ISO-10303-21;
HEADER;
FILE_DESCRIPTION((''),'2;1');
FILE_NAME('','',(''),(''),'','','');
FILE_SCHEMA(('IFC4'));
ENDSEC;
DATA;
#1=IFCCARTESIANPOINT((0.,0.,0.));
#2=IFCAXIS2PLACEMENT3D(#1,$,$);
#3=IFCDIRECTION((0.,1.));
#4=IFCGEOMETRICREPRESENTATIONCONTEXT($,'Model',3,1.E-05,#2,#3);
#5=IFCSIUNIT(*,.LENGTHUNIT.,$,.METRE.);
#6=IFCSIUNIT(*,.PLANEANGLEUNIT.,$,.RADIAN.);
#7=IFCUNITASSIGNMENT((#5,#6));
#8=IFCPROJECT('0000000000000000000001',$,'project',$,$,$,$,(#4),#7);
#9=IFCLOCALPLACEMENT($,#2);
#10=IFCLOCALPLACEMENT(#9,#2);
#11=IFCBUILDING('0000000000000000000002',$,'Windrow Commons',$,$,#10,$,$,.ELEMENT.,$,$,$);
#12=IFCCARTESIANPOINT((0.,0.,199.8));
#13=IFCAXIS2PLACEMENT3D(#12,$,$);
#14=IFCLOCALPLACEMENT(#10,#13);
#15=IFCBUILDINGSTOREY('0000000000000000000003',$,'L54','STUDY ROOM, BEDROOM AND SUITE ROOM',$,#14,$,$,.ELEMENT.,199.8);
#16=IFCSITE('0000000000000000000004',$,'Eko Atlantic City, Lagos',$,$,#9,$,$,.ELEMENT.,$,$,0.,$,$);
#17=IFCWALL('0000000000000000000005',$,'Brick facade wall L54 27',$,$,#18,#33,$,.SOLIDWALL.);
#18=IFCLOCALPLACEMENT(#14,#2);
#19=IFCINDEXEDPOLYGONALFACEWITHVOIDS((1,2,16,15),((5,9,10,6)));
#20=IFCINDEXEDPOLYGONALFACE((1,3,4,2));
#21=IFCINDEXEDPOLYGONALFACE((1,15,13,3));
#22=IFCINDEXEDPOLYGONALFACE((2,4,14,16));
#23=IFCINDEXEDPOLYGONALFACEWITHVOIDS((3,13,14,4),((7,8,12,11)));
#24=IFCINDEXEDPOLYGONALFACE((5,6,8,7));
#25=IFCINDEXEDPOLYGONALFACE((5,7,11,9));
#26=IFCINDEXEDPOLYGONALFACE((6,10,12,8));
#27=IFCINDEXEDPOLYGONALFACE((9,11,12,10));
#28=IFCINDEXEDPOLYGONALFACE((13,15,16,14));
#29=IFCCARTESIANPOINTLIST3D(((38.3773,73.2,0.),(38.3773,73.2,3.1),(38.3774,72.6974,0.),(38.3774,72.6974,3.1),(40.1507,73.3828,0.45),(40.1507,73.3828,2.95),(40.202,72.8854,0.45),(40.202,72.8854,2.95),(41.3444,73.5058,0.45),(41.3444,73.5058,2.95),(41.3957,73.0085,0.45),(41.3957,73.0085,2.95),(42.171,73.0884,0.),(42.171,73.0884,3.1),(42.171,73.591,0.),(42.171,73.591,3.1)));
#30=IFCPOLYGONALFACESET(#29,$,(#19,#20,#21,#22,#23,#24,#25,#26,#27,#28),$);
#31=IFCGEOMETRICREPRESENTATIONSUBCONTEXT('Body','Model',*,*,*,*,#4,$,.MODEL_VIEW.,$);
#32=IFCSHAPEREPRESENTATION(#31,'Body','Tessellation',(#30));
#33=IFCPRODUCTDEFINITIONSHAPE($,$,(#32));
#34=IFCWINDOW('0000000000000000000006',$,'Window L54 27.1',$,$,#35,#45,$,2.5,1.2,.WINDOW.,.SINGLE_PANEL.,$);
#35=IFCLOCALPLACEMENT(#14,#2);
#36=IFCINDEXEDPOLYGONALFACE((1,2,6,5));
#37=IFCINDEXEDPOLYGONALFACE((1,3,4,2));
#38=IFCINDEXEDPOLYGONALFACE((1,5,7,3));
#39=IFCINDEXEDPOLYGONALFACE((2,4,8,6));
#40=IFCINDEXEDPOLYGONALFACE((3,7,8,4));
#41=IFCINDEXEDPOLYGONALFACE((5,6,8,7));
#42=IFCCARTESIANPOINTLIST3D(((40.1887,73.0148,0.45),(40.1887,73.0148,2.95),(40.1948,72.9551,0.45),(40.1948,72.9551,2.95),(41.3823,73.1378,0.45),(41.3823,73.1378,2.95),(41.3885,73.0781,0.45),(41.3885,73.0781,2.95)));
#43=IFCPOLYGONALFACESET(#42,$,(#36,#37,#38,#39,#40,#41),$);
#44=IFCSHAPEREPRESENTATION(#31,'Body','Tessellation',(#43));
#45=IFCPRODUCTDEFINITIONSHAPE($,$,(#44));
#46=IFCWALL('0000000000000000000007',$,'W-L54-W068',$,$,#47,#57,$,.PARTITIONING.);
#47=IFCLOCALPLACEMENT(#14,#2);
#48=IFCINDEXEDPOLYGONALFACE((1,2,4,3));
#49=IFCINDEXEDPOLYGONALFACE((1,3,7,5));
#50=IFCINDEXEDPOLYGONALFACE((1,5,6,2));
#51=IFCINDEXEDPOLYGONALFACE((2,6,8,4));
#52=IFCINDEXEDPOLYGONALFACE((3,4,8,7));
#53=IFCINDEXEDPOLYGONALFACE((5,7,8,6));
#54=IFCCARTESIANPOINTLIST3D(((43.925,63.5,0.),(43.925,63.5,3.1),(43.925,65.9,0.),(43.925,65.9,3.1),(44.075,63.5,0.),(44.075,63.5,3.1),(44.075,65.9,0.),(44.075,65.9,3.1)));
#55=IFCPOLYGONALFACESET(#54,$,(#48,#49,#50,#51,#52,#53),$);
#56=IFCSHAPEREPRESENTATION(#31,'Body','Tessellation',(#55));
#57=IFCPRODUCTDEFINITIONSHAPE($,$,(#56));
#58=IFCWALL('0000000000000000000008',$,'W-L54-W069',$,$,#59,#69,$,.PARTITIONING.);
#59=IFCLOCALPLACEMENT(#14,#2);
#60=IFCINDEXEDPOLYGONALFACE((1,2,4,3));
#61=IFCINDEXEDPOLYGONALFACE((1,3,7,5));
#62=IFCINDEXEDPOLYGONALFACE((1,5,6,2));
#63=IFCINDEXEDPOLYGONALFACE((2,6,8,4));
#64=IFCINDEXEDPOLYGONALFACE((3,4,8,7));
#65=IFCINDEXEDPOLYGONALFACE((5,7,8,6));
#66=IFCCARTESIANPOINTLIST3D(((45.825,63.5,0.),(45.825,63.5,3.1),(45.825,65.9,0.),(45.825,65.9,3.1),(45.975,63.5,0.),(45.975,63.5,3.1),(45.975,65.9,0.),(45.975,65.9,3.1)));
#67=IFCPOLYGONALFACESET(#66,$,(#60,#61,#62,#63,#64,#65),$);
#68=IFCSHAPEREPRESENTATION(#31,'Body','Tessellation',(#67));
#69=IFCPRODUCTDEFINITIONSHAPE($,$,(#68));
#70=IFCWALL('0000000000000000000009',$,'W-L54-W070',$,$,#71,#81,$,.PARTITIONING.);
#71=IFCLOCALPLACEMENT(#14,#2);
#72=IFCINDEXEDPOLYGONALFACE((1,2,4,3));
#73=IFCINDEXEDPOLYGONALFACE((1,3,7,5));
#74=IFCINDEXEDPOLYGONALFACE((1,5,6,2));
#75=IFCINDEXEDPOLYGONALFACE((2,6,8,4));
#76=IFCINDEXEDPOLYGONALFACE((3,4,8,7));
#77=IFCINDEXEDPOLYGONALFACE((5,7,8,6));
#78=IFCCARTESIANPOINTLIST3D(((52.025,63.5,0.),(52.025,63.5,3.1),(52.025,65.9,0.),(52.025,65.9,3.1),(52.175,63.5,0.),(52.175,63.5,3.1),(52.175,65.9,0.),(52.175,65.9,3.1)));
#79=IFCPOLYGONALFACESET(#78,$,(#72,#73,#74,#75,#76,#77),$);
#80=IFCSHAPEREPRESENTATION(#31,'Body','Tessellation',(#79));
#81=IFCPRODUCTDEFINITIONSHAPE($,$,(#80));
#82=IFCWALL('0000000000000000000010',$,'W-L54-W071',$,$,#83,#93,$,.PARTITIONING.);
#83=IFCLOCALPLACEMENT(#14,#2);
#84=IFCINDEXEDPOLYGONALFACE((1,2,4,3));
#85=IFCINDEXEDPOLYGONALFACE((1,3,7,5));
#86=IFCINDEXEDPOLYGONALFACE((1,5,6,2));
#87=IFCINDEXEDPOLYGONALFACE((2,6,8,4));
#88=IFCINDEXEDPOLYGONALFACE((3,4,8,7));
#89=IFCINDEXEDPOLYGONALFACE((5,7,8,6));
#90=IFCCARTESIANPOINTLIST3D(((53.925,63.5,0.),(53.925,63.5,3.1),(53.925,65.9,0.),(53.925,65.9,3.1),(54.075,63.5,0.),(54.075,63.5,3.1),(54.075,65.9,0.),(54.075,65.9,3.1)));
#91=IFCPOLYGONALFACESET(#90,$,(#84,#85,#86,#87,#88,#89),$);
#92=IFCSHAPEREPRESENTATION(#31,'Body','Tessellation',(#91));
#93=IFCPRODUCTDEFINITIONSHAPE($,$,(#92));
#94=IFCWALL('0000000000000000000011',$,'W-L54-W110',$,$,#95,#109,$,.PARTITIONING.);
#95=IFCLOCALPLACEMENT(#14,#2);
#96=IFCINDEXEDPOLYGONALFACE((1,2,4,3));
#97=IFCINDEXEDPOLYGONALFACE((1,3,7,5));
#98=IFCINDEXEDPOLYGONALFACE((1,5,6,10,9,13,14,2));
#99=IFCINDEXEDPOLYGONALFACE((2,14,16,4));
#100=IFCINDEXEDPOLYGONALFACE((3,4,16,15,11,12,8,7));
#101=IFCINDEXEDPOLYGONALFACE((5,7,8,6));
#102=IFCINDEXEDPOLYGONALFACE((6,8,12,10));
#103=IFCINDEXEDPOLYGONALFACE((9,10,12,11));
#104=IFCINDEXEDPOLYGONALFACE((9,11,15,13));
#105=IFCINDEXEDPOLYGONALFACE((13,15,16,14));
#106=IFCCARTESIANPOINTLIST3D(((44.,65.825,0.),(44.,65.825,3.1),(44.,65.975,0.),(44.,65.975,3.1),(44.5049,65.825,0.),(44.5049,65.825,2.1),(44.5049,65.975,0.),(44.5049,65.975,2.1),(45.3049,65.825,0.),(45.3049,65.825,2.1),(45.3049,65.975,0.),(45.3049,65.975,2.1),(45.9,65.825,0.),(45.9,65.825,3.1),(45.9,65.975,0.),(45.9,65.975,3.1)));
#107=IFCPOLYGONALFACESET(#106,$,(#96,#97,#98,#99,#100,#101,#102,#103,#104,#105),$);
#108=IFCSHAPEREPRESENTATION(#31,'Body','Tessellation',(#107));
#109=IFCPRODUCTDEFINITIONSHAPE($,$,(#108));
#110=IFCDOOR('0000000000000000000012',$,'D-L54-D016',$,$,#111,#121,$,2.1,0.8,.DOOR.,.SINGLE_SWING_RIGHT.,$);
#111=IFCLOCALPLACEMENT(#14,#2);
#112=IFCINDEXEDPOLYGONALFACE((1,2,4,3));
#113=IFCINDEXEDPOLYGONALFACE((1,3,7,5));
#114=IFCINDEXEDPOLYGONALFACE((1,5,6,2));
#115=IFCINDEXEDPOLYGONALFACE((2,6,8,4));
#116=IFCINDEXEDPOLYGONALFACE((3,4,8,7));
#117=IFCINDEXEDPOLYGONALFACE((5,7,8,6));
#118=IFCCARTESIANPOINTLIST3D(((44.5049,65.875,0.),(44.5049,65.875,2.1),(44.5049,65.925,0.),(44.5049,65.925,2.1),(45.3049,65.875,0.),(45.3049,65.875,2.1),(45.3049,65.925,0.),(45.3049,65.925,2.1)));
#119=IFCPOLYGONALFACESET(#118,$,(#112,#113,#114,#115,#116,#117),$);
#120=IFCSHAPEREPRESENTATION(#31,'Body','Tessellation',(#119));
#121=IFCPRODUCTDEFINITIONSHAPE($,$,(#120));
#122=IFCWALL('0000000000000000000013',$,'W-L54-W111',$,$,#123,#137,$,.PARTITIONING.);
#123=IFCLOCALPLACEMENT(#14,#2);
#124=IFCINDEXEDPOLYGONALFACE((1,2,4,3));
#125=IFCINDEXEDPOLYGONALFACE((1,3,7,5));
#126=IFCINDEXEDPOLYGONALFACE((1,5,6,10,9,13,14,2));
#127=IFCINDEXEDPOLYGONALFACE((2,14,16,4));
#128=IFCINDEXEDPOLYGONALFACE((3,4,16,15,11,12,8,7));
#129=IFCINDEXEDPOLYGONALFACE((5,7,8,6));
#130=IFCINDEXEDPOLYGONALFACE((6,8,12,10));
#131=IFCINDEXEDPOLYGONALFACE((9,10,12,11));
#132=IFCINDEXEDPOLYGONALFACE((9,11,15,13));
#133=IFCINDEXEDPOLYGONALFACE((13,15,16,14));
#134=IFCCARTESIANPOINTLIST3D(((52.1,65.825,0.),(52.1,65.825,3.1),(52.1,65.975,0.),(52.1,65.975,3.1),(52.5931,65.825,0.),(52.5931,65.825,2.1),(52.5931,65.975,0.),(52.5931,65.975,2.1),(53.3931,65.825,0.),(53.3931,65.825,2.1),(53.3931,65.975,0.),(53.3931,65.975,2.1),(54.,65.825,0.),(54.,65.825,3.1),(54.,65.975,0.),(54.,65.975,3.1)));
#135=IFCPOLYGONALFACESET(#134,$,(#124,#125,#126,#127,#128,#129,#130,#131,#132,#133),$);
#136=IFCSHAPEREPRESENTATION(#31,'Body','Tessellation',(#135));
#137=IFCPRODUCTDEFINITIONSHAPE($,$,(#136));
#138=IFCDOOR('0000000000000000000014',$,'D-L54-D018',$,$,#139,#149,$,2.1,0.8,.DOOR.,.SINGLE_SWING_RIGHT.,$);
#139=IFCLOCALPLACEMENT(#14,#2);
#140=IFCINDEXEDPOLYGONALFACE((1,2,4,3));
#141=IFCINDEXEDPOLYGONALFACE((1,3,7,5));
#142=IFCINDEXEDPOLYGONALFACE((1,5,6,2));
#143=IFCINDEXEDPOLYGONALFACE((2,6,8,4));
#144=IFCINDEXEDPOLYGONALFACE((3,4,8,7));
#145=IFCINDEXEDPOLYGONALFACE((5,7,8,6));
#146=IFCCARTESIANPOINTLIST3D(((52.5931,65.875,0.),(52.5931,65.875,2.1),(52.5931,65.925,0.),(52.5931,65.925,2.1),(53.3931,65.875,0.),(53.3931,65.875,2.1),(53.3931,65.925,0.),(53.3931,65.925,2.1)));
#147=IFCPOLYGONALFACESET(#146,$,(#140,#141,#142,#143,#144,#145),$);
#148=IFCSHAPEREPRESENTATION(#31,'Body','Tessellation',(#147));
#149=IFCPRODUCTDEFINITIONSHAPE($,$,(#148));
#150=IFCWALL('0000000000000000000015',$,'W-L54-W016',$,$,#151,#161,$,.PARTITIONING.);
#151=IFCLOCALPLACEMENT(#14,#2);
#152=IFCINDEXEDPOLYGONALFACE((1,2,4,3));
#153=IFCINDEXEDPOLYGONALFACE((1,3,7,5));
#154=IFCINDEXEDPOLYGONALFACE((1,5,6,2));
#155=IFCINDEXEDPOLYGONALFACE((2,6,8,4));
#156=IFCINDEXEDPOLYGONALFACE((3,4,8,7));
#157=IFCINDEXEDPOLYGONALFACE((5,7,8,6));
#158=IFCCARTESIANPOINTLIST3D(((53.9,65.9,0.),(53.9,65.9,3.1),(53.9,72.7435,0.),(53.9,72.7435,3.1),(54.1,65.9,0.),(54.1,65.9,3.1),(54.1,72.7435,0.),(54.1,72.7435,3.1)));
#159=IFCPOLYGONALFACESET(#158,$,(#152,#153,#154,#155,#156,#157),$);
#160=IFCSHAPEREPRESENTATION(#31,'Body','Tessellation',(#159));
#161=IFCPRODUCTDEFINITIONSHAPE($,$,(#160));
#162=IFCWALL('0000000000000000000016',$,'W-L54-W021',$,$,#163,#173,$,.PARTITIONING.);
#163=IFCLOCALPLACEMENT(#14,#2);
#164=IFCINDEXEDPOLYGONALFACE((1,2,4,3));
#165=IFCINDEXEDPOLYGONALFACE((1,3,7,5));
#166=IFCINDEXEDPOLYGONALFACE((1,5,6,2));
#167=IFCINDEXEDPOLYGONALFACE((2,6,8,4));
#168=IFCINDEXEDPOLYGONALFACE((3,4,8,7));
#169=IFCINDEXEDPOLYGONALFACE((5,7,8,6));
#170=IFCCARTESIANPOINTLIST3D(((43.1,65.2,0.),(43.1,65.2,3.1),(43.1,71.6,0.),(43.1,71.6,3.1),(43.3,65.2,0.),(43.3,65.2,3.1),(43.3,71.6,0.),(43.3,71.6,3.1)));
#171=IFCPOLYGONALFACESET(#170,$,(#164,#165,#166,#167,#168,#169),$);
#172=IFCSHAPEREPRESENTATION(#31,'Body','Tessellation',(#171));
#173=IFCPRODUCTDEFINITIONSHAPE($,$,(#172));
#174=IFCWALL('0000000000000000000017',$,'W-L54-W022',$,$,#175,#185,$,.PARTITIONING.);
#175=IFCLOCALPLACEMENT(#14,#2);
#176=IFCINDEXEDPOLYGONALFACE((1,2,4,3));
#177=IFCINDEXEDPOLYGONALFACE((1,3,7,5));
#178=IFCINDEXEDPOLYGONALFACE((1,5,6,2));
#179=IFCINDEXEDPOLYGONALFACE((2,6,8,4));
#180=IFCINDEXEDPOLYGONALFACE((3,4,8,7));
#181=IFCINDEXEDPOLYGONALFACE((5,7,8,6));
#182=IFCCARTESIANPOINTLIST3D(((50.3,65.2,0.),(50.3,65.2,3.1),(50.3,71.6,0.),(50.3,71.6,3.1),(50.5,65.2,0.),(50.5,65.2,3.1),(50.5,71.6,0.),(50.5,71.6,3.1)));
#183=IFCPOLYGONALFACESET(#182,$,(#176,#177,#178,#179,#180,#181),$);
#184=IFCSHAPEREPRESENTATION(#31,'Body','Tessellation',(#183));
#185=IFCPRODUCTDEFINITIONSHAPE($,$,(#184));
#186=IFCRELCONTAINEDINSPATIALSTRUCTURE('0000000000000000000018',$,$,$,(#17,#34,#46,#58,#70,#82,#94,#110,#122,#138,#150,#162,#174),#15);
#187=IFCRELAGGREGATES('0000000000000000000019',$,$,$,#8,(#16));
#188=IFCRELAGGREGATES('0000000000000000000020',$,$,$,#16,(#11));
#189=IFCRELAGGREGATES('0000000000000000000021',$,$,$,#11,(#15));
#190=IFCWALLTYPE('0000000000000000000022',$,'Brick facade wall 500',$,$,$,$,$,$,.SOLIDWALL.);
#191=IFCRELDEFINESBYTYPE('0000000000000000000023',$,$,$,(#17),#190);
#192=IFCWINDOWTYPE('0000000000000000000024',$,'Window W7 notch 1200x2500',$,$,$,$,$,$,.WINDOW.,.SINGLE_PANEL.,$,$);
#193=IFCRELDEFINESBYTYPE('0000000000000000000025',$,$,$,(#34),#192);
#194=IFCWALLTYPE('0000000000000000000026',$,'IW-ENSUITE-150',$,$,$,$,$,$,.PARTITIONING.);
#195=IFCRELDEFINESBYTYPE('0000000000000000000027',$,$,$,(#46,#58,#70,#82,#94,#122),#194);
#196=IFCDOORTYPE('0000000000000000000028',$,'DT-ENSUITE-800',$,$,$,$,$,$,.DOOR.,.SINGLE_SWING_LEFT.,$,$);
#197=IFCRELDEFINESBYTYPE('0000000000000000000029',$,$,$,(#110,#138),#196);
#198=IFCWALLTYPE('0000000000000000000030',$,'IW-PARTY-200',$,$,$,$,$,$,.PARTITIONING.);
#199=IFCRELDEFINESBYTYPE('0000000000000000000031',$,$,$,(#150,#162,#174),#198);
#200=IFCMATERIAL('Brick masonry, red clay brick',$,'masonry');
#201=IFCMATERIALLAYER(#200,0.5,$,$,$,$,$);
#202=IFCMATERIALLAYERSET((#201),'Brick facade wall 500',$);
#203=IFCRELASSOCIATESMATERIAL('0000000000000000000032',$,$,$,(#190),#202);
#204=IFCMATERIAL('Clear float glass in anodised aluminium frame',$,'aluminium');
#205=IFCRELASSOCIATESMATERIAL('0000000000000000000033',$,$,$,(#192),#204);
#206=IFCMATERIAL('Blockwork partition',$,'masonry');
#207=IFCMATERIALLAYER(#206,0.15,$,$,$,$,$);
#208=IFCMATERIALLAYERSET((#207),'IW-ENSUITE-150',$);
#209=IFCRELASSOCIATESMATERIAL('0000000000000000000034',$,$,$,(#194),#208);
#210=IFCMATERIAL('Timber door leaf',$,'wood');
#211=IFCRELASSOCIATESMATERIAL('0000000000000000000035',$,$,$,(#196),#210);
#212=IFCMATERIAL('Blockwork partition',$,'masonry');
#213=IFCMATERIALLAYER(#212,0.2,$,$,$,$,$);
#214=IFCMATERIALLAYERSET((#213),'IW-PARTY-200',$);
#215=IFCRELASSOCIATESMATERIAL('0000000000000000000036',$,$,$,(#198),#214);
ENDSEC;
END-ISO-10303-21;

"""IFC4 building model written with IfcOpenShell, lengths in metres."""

from ifc_helpers import new_model, si_unit, direction, frame, frame_2d, origin, place, context, subcontext, project, spatial, polyline, rectangle, outline, extrude, material, layer, layer_set, type_object, element, fill, save


model = new_model("IFC4")

# Units and contexts
model_context = context("Model", 3, precision=1e-05, world=origin(), true_north=direction((0.0, 1.0)))
body_context = subcontext(model_context, "Body", "Model", "MODEL_VIEW")
ifc_project = project(units=[si_unit("LENGTHUNIT", "METRE"), si_unit("PLANEANGLEUNIT", "RADIAN")], contexts=[model_context])

# Site, building, storey
site_placement = place(None, origin())
site = spatial("IfcSite", under=ifc_project, at=site_placement, Name="Eko Atlantic City, Lagos", CompositionType="ELEMENT", RefElevation=0.0)
building_placement = place(site_placement, origin())
building = spatial("IfcBuilding", under=site, at=building_placement, Name="Windrow Commons", CompositionType="ELEMENT")
storey_placement = place(building_placement, frame((0.0, 0.0, 199.8)))
storey = spatial("IfcBuildingStorey", under=building, at=storey_placement, Name="L54", Description="STUDY ROOM, BEDROOM AND SUITE ROOM", CompositionType="ELEMENT", Elevation=199.8)

# Wall, opening, window
ifc_material_1 = material(Name="Brick masonry, red clay brick", Category="masonry")
ifc_layer_1 = layer(ifc_material_1, 0.5)
ifc_layer_set_1 = layer_set([ifc_layer_1], Name="Brick facade wall 500")
wall_type_1 = type_object("IfcWallType", Name="Brick facade wall 500", PredefinedType="SOLIDWALL", material=ifc_layer_set_1)
ifc_material_2 = material(Name="Clear float glass in anodised aluminium frame", Category="aluminium")
window_type = type_object("IfcWindowType", Name="Window W7 notch 1200x2500", PartitioningType="SINGLE_PANEL", PredefinedType="WINDOW", material=ifc_material_2)
wall_1_placement = place(storey_placement, frame((42.171, 73.3397, 0.0), z_axis=(0.0, 0.0, 1.0), x_axis=(-0.994731, -0.102523, 0.0)))
wall_1 = element("IfcWall", 1, at=wall_1_placement, inside=storey, type_object=wall_type_1, Name="Brick facade wall L54 27", PredefinedType="SOLIDWALL", context=body_context, shape_type="SweptSolid", body=[
    extrude(outline(polyline([(-0.0258, -0.25), (3.788, -0.25), (3.8395, 0.25), (0.0258, 0.25), (-0.0258, -0.25)])), origin(), (0.0, 0.0, 1.0), 3.1),
])
opening_1_placement = place(wall_1_placement, frame((0.8052, 0.0, 0.45)))
opening_1 = element("IfcOpeningElement", 2, at=opening_1_placement, cuts=wall_1, PredefinedType="OPENING", context=body_context, shape_type="SweptSolid", body=[
    extrude(rectangle(XDim=1.2, YDim=2.5, at=frame_2d((0.6, 1.25))), frame((0.0, 0.26, 0.0), z_axis=(0.0, -1.0, 0.0), x_axis=(1.0, 0.0, 0.0)), (0.0, 0.0, 1.0), 0.52),
])
window_1_placement = place(opening_1_placement, origin())
window_1 = element("IfcWindow", 3, at=window_1_placement, inside=storey, type_object=window_type, Name="Window L54 27.1", OverallHeight=2.5, OverallWidth=1.2, PartitioningType="SINGLE_PANEL", PredefinedType="WINDOW", context=body_context, shape_type="SweptSolid", body=[
    extrude(rectangle(XDim=1.2, YDim=2.5, at=frame_2d((0.6, 1.25))), frame((0.0, 0.18, 0.0), z_axis=(0.0, -1.0, 0.0), x_axis=(1.0, 0.0, 0.0)), (0.0, 0.0, 1.0), 0.06),
])
fill(opening_1, window_1)

# Walls
ifc_material_3 = material(Name="Blockwork partition", Category="masonry")
ifc_layer_2 = layer(ifc_material_3, 0.15)
ifc_layer_set_2 = layer_set([ifc_layer_2], Name="IW-ENSUITE-150")
wall_type_2 = type_object("IfcWallType", Name="IW-ENSUITE-150", PredefinedType="PARTITIONING", material=ifc_layer_set_2)
for number, where, z_axis, x_axis, name in (
    (4, (44.0, 63.5, 0.0), (0.0, 0.0, 1.0), (0.0, 1.0, 0.0), "W-L54-W068"),
    (5, (45.9, 63.5, 0.0), (0.0, 0.0, 1.0), (0.0, 1.0, 0.0), "W-L54-W069"),
    (6, (52.1, 63.5, 0.0), (0.0, 0.0, 1.0), (0.0, 1.0, 0.0), "W-L54-W070"),
    (7, (54.0, 63.5, 0.0), (0.0, 0.0, 1.0), (0.0, 1.0, 0.0), "W-L54-W071"),
):
    element("IfcWall", number, at=place(storey_placement, frame(where, z_axis=z_axis, x_axis=x_axis)), inside=storey, type_object=wall_type_2, Name=name, PredefinedType="PARTITIONING", context=body_context, shape_type="SweptSolid", body=[
        extrude(rectangle(XDim=2.4, YDim=0.15, at=frame_2d((1.2, 0.0))), origin(), (0.0, 0.0, 1.0), 3.1),
    ])

# Walls, openings, doors
wall_2_placement = place(storey_placement, frame((44.0, 65.9, 0.0), z_axis=(0.0, 0.0, 1.0), x_axis=(1.0, 0.0, 0.0)))
wall_2 = element("IfcWall", 8, at=wall_2_placement, inside=storey, type_object=wall_type_2, Name="W-L54-W110", PredefinedType="PARTITIONING", context=body_context, shape_type="SweptSolid", body=[
    extrude(rectangle(XDim=1.9, YDim=0.15, at=frame_2d((0.95, 0.0))), origin(), (0.0, 0.0, 1.0), 3.1),
])
opening_2_placement = place(wall_2_placement, frame((0.5049, 0.0, 0.0)))
opening_2 = element("IfcOpeningElement", 9, at=opening_2_placement, cuts=wall_2, PredefinedType="OPENING", context=body_context, shape_type="SweptSolid", body=[
    extrude(rectangle(XDim=0.8, YDim=2.1, at=frame_2d((0.4, 1.05))), frame((0.0, 0.085, 0.0), z_axis=(0.0, -1.0, 0.0), x_axis=(1.0, 0.0, 0.0)), (0.0, 0.0, 1.0), 0.17),
])
ifc_material_4 = material(Name="Timber door leaf", Category="wood")
door_type = type_object("IfcDoorType", Name="DT-ENSUITE-800", OperationType="SINGLE_SWING_LEFT", PredefinedType="DOOR", material=ifc_material_4)
door_1_placement = place(opening_2_placement, origin())
door_1 = element("IfcDoor", 10, at=door_1_placement, inside=storey, type_object=door_type, Name="D-L54-D016", OperationType="SINGLE_SWING_RIGHT", OverallHeight=2.1, OverallWidth=0.8, PredefinedType="DOOR", context=body_context, shape_type="SweptSolid", body=[
    extrude(rectangle(XDim=0.8, YDim=2.1, at=frame_2d((0.4, 1.05))), frame((0.0, 0.025, 0.0), z_axis=(0.0, -1.0, 0.0), x_axis=(1.0, 0.0, 0.0)), (0.0, 0.0, 1.0), 0.05),
])
fill(opening_2, door_1)
wall_3_placement = place(storey_placement, frame((52.1, 65.9, 0.0), z_axis=(0.0, 0.0, 1.0), x_axis=(1.0, 0.0, 0.0)))
wall_3 = element("IfcWall", 11, at=wall_3_placement, inside=storey, type_object=wall_type_2, Name="W-L54-W111", PredefinedType="PARTITIONING", context=body_context, shape_type="SweptSolid", body=[
    extrude(rectangle(XDim=1.9, YDim=0.15, at=frame_2d((0.95, 0.0))), origin(), (0.0, 0.0, 1.0), 3.1),
])
opening_3_placement = place(wall_3_placement, frame((0.4931, 0.0, 0.0)))
opening_3 = element("IfcOpeningElement", 12, at=opening_3_placement, cuts=wall_3, PredefinedType="OPENING", context=body_context, shape_type="SweptSolid", body=[
    extrude(rectangle(XDim=0.8, YDim=2.1, at=frame_2d((0.4, 1.05))), frame((0.0, 0.085, 0.0), z_axis=(0.0, -1.0, 0.0), x_axis=(1.0, 0.0, 0.0)), (0.0, 0.0, 1.0), 0.17),
])
door_2_placement = place(opening_3_placement, origin())
door_2 = element("IfcDoor", 13, at=door_2_placement, inside=storey, type_object=door_type, Name="D-L54-D018", OperationType="SINGLE_SWING_RIGHT", OverallHeight=2.1, OverallWidth=0.8, PredefinedType="DOOR", context=body_context, shape_type="SweptSolid", body=[
    extrude(rectangle(XDim=0.8, YDim=2.1, at=frame_2d((0.4, 1.05))), frame((0.0, 0.025, 0.0), z_axis=(0.0, -1.0, 0.0), x_axis=(1.0, 0.0, 0.0)), (0.0, 0.0, 1.0), 0.05),
])
fill(opening_3, door_2)

# Walls
ifc_material_5 = material(Name="Blockwork partition", Category="masonry")
ifc_layer_3 = layer(ifc_material_5, 0.2)
ifc_layer_set_3 = layer_set([ifc_layer_3], Name="IW-PARTY-200")
wall_type_3 = type_object("IfcWallType", Name="IW-PARTY-200", PredefinedType="PARTITIONING", material=ifc_layer_set_3)
wall_4_placement = place(storey_placement, frame((54.0, 65.9, 0.0), z_axis=(0.0, 0.0, 1.0), x_axis=(0.0, 1.0, 0.0)))
element("IfcWall", 14, at=wall_4_placement, inside=storey, type_object=wall_type_3, Name="W-L54-W016", PredefinedType="PARTITIONING", context=body_context, shape_type="SweptSolid", body=[
    extrude(rectangle(XDim=6.8435, YDim=0.2, at=frame_2d((3.4217, 0.0))), origin(), (0.0, 0.0, 1.0), 3.1),
])
for number, where, z_axis, x_axis, name in (
    (15, (43.2, 65.2, 0.0), (0.0, 0.0, 1.0), (0.0, 1.0, 0.0), "W-L54-W021"),
    (16, (50.4, 65.2, 0.0), (0.0, 0.0, 1.0), (0.0, 1.0, 0.0), "W-L54-W022"),
):
    element("IfcWall", number, at=place(storey_placement, frame(where, z_axis=z_axis, x_axis=x_axis)), inside=storey, type_object=wall_type_3, Name=name, PredefinedType="PARTITIONING", context=body_context, shape_type="SweptSolid", body=[
        extrude(rectangle(XDim=6.4, YDim=0.2, at=frame_2d((3.2, 0.0))), origin(), (0.0, 0.0, 1.0), 3.1),
    ])

save(model, "model.ifc")
